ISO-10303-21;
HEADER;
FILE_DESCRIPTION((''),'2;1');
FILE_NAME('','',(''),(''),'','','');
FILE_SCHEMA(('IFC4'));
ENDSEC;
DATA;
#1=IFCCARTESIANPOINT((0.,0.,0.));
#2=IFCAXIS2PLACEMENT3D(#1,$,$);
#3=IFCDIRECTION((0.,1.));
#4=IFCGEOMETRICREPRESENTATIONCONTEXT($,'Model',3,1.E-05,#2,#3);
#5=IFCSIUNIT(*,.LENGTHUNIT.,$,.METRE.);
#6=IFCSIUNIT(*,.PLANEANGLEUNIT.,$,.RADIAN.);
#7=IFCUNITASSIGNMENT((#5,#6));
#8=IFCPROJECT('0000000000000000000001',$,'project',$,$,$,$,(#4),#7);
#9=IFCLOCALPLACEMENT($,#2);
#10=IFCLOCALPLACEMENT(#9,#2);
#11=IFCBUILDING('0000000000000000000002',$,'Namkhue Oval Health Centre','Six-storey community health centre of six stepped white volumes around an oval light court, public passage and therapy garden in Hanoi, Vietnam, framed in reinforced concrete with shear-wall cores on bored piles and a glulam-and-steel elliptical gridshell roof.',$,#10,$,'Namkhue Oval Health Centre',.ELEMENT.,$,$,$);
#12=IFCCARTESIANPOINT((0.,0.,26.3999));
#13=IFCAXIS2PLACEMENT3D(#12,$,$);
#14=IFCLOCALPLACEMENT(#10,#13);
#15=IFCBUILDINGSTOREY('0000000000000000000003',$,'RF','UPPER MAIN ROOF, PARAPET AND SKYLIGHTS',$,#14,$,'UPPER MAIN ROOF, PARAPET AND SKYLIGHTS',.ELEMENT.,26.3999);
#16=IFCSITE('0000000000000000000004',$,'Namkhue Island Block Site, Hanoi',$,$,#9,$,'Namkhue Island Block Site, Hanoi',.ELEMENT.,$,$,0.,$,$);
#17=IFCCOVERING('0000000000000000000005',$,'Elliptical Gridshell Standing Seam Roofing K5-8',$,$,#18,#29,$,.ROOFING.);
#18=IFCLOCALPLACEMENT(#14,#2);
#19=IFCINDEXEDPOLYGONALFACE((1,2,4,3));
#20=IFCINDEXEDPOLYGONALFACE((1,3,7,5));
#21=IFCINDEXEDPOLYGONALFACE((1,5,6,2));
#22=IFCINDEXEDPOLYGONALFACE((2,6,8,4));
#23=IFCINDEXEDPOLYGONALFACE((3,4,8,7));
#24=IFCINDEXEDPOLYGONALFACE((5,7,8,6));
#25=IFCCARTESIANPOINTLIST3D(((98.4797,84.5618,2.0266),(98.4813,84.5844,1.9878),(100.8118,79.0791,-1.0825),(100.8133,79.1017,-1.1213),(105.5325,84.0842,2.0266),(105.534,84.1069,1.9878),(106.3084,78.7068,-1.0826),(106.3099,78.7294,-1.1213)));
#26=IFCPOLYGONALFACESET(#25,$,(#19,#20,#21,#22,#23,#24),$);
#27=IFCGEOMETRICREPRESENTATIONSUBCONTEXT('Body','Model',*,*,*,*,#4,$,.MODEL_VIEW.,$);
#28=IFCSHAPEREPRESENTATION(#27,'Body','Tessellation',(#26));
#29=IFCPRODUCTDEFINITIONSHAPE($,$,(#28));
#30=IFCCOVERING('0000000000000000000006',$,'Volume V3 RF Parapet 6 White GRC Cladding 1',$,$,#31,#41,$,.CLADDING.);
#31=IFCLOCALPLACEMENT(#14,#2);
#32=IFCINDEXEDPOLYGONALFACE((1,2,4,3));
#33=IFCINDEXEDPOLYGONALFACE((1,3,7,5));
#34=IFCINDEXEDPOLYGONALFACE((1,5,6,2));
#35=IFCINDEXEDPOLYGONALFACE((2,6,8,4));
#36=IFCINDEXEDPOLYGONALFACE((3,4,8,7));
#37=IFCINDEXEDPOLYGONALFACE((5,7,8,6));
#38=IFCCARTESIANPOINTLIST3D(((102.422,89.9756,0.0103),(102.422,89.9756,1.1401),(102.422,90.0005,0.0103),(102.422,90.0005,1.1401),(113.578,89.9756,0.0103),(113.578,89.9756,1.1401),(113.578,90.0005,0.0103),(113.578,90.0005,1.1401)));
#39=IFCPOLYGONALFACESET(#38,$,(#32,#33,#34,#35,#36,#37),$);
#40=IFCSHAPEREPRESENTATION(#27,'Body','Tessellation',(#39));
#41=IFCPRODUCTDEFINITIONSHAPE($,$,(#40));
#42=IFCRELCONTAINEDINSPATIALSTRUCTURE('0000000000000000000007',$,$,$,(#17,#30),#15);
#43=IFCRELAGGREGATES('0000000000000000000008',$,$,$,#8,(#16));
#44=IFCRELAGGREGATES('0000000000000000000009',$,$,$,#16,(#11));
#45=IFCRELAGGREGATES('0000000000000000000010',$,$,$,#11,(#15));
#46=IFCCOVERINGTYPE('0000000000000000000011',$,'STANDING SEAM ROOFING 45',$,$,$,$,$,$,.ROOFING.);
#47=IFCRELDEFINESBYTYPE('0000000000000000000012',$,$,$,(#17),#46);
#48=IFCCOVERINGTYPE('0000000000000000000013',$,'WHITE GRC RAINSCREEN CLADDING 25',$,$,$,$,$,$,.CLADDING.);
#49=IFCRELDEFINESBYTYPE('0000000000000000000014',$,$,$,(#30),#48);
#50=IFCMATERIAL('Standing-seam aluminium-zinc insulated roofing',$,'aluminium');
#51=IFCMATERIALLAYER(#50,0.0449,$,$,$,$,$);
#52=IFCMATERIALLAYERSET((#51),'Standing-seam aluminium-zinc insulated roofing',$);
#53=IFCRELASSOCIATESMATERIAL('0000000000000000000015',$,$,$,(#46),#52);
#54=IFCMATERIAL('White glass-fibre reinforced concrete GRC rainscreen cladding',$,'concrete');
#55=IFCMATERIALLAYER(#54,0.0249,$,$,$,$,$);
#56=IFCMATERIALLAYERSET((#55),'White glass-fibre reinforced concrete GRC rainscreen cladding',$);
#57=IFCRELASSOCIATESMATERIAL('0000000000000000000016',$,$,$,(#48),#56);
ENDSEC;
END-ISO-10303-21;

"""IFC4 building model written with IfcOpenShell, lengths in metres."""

from ifc_helpers import new_model, si_unit, direction, frame, origin, origin_2d, place, context, subcontext, project, spatial, polyline, rectangle, outline, extrude, material, layer, layer_set, type_object, element, save


model = new_model("IFC4")

# Units and contexts
model_context = context("Model", 3, precision=1e-05, world=origin(), true_north=direction((0.0, 1.0)))
body_context = subcontext(model_context, "Body", "Model", "MODEL_VIEW")
ifc_project = project(units=[si_unit("LENGTHUNIT", "METRE"), si_unit("PLANEANGLEUNIT", "RADIAN")], contexts=[model_context])

# Site, building, storey
site_placement = place(None, origin())
site = spatial("IfcSite", under=ifc_project, at=site_placement, Name="Namkhue Island Block Site, Hanoi", LongName="Namkhue Island Block Site, Hanoi", CompositionType="ELEMENT", RefElevation=0.0)
building_placement = place(site_placement, origin())
building = spatial("IfcBuilding", under=site, at=building_placement, Name="Namkhue Oval Health Centre", Description="Six-storey community health centre of six stepped white volumes around an oval light court, public passage and therapy garden in Hanoi, Vietnam, framed in reinforced concrete with shear-wall cores on bored piles and a glulam-and-steel elliptical gridshell roof.", LongName="Namkhue Oval Health Centre", CompositionType="ELEMENT")
storey_placement = place(building_placement, frame((0.0, 0.0, 26.3999)))
storey = spatial("IfcBuildingStorey", under=building, at=storey_placement, Name="RF", Description="UPPER MAIN ROOF, PARAPET AND SKYLIGHTS", LongName="UPPER MAIN ROOF, PARAPET AND SKYLIGHTS", CompositionType="ELEMENT", Elevation=26.3999)

# Coverings
ifc_material_1 = material(Name="Standing-seam aluminium-zinc insulated roofing", Category="aluminium")
ifc_layer_1 = layer(ifc_material_1, 0.0449)
ifc_layer_set_1 = layer_set([ifc_layer_1], Name="Standing-seam aluminium-zinc insulated roofing")
covering_type_1 = type_object("IfcCoveringType", Name="STANDING SEAM ROOFING 45", PredefinedType="ROOFING", material=ifc_layer_set_1)
covering_1_placement = place(storey_placement, frame((105.5325, 84.0842, 2.0266), z_axis=(-0.034127, -0.503939, 0.863065), x_axis=(-0.997715, 0.067558, -0.000005)))
element("IfcCovering", 1, at=covering_1_placement, inside=storey, type_object=covering_type_1, Name="Elliptical Gridshell Standing Seam Roofing K5-8", PredefinedType="ROOFING", context=body_context, shape_type="SweptSolid", body=[
    extrude(outline(polyline([(0.0, 0.0), (7.0689, 0.0), (4.3718, 6.1555), (-1.1374, 6.1556), (0.0, 0.0)])), origin(), (0.0, 0.0, -1.0), 0.0449),
])
ifc_material_2 = material(Name="White glass-fibre reinforced concrete GRC rainscreen cladding", Category="concrete")
ifc_layer_2 = layer(ifc_material_2, 0.0249)
ifc_layer_set_2 = layer_set([ifc_layer_2], Name="White glass-fibre reinforced concrete GRC rainscreen cladding")
covering_type_2 = type_object("IfcCoveringType", Name="WHITE GRC RAINSCREEN CLADDING 25", PredefinedType="CLADDING", material=ifc_layer_set_2)
covering_2_placement = place(storey_placement, frame((108.0, 89.988, 0.0103), z_axis=(0.0, 0.0, 1.0), x_axis=(-1.0, 0.0, 0.0)))
element("IfcCovering", 2, at=covering_2_placement, inside=storey, type_object=covering_type_2, Name="Volume V3 RF Parapet 6 White GRC Cladding 1", PredefinedType="CLADDING", context=body_context, shape_type="SweptSolid", body=[
    extrude(rectangle(XDim=11.156, YDim=0.0249, at=origin_2d()), origin(), (0.0, 0.0, 1.0), 1.1299),
])

save(model, "model.ifc")
